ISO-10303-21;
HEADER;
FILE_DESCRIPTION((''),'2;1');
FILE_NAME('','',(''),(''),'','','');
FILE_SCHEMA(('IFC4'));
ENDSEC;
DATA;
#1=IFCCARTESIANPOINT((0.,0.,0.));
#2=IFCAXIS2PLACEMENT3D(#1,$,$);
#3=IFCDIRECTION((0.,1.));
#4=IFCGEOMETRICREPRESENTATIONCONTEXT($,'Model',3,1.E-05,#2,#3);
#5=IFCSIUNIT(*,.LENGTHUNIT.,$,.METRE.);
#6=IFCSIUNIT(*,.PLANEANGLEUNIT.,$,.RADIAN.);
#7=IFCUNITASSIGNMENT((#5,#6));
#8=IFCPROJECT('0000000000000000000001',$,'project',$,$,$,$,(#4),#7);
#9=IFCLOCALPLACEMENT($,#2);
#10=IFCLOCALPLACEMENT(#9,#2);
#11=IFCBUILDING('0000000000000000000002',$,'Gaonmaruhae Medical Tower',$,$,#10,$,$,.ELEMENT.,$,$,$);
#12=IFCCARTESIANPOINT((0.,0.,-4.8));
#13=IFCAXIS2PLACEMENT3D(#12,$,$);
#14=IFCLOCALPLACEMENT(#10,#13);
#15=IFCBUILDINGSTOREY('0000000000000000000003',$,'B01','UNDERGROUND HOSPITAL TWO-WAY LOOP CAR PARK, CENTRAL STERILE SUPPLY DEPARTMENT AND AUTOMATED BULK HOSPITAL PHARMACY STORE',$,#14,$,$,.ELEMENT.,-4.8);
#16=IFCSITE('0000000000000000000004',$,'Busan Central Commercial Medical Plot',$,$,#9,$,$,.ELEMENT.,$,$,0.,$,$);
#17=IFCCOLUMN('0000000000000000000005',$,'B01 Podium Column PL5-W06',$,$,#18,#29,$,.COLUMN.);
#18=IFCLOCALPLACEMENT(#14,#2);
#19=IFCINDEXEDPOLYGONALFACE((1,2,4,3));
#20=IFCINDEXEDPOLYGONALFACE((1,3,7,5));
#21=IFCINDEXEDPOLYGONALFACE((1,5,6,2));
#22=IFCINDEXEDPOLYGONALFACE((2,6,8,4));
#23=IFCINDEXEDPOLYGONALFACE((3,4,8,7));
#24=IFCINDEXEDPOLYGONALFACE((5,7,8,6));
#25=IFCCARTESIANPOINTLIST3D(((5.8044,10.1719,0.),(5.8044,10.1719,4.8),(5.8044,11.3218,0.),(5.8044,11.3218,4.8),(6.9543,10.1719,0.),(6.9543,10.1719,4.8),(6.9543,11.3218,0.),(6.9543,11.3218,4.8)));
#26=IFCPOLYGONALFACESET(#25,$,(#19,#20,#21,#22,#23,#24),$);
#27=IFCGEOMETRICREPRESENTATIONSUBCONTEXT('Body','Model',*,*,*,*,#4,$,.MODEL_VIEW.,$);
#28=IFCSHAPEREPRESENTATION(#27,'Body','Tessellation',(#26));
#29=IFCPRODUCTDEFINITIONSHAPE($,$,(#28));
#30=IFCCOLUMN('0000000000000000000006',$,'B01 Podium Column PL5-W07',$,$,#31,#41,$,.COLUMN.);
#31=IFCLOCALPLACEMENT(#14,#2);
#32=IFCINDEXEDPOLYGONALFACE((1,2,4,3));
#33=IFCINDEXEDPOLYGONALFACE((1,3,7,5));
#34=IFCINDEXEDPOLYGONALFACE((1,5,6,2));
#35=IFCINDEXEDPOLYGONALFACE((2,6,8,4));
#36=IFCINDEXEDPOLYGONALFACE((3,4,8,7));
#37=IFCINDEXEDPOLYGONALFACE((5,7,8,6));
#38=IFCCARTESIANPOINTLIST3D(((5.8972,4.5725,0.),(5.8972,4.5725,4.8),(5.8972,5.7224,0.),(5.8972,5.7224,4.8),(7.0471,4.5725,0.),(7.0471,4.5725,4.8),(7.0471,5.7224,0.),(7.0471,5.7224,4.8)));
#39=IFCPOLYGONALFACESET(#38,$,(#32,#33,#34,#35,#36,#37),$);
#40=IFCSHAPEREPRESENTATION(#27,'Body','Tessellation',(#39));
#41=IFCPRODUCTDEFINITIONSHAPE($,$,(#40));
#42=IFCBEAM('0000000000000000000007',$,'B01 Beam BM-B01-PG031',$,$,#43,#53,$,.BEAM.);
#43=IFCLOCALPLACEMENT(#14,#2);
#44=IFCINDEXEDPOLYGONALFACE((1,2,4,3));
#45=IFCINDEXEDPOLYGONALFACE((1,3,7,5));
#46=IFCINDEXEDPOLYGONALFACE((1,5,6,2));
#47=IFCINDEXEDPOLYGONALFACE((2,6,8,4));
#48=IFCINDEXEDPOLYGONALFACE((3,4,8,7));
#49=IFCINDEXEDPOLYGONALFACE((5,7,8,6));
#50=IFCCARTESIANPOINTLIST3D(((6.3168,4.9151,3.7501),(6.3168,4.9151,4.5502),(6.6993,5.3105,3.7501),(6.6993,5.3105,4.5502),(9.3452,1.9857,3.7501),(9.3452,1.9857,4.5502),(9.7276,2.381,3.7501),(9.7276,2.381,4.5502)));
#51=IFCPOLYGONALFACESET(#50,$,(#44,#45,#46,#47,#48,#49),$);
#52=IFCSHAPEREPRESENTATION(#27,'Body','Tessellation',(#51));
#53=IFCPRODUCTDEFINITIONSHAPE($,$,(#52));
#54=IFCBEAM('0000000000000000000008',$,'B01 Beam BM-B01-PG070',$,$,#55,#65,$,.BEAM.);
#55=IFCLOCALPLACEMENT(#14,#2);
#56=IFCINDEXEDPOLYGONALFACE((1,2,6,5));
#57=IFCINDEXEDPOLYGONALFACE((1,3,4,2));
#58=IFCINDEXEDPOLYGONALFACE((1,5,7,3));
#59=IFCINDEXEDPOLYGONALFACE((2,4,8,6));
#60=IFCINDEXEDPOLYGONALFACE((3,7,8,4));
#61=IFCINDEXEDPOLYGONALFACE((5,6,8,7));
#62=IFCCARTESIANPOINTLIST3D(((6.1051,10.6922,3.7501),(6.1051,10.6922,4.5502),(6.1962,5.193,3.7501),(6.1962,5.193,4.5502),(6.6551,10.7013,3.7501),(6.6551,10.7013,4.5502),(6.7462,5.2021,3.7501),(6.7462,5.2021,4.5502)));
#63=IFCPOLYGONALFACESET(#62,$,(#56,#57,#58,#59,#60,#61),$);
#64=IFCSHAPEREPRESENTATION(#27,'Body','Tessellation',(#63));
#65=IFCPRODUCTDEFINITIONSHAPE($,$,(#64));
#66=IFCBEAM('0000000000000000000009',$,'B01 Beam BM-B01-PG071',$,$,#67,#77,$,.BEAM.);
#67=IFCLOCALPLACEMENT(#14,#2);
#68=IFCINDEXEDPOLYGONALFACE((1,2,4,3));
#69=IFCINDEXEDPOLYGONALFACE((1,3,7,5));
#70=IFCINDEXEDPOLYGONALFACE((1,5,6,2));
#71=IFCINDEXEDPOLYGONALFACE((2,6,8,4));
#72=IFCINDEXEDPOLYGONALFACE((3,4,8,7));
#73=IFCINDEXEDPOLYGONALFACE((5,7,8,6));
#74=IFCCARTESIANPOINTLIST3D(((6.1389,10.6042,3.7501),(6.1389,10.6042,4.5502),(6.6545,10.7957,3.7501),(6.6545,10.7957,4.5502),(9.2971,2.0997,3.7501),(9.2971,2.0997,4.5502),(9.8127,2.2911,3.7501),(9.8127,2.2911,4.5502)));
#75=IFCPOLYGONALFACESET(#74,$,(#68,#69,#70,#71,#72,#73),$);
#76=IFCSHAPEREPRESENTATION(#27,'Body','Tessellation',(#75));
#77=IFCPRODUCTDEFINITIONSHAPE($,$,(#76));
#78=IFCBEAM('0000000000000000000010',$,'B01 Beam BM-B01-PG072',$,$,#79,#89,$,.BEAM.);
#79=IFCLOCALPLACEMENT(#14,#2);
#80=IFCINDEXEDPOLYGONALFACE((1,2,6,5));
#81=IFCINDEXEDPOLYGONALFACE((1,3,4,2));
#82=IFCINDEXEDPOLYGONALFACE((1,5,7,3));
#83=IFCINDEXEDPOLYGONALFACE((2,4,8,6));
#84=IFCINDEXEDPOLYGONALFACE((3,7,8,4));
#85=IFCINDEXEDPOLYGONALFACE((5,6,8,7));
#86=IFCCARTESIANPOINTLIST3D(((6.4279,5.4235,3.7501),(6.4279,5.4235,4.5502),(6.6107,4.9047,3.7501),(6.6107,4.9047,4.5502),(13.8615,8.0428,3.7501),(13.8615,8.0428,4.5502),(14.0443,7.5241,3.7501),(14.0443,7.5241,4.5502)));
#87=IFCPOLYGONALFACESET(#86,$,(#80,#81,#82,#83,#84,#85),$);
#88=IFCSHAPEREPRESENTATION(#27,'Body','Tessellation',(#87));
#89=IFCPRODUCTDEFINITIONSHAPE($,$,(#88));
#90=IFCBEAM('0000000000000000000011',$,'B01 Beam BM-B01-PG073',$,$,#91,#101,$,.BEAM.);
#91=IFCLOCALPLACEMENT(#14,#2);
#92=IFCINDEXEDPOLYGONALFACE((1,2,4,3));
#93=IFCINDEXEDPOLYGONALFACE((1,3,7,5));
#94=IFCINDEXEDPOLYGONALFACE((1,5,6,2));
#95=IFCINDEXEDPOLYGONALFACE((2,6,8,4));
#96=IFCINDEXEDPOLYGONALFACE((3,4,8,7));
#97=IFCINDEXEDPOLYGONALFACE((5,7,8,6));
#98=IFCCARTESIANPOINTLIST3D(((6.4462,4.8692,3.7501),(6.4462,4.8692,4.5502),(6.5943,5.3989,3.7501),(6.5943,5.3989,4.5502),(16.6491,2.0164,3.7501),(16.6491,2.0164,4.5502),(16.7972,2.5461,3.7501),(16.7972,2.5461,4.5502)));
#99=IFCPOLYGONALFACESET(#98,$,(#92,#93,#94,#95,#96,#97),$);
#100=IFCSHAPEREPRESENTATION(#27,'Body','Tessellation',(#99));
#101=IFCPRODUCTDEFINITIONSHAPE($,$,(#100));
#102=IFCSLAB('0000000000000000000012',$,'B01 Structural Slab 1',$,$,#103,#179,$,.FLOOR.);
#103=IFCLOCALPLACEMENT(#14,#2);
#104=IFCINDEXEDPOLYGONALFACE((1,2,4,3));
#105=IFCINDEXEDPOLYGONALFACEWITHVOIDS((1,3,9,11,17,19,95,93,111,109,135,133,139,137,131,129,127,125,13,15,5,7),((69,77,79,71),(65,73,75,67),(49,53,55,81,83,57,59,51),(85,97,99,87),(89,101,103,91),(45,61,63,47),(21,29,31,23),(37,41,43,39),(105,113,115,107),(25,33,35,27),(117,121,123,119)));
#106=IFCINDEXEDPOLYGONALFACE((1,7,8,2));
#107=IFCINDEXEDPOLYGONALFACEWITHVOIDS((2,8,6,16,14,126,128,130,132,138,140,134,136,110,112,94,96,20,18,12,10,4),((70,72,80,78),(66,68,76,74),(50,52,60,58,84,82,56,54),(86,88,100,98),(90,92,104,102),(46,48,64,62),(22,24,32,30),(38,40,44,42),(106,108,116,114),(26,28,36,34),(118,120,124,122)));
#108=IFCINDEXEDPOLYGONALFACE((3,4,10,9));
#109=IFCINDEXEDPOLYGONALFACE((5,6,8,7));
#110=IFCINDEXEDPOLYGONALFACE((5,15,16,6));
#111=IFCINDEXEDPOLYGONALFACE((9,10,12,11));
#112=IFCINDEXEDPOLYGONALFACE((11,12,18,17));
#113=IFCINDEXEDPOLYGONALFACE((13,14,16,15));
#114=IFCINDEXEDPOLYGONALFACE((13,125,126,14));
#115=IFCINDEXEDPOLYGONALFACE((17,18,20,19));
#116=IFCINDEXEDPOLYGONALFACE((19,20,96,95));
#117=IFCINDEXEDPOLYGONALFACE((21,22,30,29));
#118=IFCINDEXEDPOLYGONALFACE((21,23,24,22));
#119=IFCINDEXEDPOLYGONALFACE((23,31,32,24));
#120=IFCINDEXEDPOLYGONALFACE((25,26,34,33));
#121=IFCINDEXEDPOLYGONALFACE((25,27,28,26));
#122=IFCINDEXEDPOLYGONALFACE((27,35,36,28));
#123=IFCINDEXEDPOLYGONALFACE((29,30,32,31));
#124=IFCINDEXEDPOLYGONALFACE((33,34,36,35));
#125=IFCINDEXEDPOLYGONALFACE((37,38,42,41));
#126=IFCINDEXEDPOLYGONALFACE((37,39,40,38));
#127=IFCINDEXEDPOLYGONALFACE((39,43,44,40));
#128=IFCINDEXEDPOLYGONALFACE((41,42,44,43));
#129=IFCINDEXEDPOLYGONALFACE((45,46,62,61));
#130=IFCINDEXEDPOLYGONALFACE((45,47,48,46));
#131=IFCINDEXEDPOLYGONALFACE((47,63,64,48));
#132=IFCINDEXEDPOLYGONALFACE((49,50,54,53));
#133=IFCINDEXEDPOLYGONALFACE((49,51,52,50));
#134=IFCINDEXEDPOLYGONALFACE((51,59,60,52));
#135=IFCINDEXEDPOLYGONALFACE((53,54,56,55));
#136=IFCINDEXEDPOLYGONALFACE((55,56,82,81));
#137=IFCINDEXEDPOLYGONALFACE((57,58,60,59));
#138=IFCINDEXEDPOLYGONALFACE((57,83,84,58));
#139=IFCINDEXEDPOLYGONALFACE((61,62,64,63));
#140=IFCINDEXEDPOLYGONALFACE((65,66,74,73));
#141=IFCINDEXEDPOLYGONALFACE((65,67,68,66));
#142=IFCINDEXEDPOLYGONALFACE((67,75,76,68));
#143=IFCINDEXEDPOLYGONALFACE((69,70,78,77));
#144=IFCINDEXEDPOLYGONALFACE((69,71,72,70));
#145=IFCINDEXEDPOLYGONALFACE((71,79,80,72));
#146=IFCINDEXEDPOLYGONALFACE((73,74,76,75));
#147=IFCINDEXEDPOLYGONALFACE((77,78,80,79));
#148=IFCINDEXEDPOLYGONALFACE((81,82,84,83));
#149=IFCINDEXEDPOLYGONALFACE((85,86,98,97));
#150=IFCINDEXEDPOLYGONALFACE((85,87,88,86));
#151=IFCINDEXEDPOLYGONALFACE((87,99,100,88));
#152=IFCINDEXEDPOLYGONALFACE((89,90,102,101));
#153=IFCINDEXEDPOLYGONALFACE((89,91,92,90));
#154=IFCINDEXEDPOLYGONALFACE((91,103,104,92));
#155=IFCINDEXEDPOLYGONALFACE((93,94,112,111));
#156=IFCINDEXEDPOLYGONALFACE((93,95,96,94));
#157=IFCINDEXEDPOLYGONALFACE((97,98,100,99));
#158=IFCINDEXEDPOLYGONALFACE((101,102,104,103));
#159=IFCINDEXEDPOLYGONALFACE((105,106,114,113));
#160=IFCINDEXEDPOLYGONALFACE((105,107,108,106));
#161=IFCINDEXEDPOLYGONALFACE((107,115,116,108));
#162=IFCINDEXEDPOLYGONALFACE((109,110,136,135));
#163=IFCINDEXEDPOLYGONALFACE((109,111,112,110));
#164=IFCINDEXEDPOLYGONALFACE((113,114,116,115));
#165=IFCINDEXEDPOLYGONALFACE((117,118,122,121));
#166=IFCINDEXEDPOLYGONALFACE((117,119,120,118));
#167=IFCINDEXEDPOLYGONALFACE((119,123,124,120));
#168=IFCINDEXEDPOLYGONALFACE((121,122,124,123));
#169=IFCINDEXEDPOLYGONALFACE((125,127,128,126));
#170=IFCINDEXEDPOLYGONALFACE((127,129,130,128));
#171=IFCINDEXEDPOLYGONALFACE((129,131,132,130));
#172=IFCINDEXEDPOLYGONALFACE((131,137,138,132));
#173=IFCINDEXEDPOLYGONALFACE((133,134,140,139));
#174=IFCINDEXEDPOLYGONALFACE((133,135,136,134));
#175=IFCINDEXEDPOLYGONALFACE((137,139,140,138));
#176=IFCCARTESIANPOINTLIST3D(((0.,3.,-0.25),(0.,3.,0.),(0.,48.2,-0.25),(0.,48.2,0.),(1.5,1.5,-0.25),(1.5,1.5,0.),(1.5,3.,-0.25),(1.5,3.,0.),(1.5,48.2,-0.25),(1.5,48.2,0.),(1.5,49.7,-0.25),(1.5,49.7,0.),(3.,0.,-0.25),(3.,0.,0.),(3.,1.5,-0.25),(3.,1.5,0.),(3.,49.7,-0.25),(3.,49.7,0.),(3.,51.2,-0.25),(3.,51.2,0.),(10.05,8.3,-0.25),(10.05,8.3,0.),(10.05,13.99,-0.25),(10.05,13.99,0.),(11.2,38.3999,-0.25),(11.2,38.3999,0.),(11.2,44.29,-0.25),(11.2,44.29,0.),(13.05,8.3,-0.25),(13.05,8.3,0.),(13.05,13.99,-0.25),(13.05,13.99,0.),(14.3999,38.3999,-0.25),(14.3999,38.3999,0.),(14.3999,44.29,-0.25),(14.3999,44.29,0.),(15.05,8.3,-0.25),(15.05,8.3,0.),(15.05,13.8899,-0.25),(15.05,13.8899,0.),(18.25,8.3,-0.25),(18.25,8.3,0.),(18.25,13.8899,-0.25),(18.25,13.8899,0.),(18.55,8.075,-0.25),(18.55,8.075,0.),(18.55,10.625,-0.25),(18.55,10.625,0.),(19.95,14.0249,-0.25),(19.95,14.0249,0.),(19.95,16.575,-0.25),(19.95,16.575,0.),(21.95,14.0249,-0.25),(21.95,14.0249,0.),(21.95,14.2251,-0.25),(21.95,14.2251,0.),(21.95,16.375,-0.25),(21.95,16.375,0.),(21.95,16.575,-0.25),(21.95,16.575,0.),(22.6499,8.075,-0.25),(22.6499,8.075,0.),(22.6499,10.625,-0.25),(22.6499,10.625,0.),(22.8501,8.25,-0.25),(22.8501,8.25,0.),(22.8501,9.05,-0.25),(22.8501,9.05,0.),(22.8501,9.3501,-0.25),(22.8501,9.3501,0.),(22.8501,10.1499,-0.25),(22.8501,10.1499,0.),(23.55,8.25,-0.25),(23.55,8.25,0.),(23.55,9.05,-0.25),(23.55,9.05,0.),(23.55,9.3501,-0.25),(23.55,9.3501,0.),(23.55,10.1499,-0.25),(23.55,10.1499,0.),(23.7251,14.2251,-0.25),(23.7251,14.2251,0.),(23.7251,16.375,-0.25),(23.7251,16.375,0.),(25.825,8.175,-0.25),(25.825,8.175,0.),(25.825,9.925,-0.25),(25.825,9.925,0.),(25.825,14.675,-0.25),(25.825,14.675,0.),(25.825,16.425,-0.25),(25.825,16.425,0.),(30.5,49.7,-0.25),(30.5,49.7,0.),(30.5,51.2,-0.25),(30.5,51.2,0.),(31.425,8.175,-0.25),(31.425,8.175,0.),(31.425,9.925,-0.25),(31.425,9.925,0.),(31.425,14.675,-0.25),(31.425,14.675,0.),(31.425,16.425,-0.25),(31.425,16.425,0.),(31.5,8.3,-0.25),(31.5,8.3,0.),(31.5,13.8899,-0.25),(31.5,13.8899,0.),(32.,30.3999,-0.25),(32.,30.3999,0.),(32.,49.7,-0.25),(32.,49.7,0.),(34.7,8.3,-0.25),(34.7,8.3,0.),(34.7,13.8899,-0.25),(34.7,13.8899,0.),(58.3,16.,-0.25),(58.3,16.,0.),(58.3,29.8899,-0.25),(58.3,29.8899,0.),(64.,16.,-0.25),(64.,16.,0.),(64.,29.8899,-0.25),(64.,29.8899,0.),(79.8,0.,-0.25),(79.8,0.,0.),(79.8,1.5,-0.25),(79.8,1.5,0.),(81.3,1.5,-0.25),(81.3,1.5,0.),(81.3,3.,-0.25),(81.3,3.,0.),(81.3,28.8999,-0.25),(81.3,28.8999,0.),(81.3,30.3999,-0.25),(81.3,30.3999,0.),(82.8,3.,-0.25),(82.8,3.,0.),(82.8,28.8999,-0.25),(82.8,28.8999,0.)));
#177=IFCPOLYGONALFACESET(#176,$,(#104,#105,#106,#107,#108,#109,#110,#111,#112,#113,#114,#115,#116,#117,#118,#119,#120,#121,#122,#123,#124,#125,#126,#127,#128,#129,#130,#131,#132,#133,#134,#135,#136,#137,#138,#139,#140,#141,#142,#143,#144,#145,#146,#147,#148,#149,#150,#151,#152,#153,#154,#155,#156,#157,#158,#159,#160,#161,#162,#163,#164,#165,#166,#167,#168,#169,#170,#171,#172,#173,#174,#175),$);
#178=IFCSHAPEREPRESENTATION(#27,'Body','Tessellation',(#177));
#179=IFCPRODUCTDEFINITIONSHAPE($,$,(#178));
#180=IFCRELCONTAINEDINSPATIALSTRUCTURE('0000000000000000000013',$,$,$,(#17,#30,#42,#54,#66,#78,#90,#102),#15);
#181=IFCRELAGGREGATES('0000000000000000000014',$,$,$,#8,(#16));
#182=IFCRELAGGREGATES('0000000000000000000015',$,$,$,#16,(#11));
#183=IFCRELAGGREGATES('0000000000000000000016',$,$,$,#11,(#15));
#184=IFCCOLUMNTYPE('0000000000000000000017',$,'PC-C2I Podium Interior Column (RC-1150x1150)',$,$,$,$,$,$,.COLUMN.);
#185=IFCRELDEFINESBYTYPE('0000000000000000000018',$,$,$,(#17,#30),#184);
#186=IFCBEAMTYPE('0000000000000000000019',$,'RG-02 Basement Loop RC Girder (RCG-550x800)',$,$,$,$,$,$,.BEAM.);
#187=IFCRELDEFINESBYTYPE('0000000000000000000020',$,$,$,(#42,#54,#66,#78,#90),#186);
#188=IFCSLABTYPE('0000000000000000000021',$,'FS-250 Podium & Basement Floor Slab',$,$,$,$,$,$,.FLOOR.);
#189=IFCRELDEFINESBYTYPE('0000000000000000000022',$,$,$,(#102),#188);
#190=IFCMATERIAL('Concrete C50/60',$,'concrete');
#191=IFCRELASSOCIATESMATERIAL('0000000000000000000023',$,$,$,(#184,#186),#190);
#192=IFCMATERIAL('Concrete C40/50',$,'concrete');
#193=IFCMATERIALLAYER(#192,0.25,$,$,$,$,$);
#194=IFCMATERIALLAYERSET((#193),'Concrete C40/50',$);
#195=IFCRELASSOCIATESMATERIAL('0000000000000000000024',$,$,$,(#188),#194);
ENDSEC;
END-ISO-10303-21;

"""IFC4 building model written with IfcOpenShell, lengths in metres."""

from ifc_helpers import new_model, si_unit, direction, frame, origin, origin_2d, place, context, subcontext, project, spatial, polyline, rectangle, outline, extrude, material, layer, layer_set, material_profile, profile_set, type_object, element, save


model = new_model("IFC4")

# Units and contexts
model_context = context("Model", 3, precision=1e-05, world=origin(), true_north=direction((0.0, 1.0)))
body_context = subcontext(model_context, "Body", "Model", "MODEL_VIEW")
ifc_project = project(units=[si_unit("LENGTHUNIT", "METRE"), si_unit("PLANEANGLEUNIT", "RADIAN")], contexts=[model_context])

# Site, building, storey
site_placement = place(None, origin())
site = spatial("IfcSite", under=ifc_project, at=site_placement, Name="Busan Central Commercial Medical Plot", CompositionType="ELEMENT", RefElevation=0.0)
building_placement = place(site_placement, origin())
building = spatial("IfcBuilding", under=site, at=building_placement, Name="Gaonmaruhae Medical Tower", CompositionType="ELEMENT")
storey_placement = place(building_placement, frame((0.0, 0.0, -4.8)))
storey = spatial("IfcBuildingStorey", under=building, at=storey_placement, Name="B01", Description="UNDERGROUND HOSPITAL TWO-WAY LOOP CAR PARK, CENTRAL STERILE SUPPLY DEPARTMENT AND AUTOMATED BULK HOSPITAL PHARMACY STORE", CompositionType="ELEMENT", Elevation=-4.8)

# Columns
ifc_material_1 = material(Name="Concrete C50/60", Category="concrete")
ifc_material_profile_1 = material_profile(ifc_material_1, rectangle(XDim=1.1499, YDim=1.1499, at=origin_2d()), Name="RC-1150x1150")
ifc_profile_set_1 = profile_set([ifc_material_profile_1], Name="Concrete C50/60")
column_type = type_object("IfcColumnType", Name="PC-C2I Podium Interior Column (RC-1150x1150)", PredefinedType="COLUMN", material=ifc_profile_set_1)
for number, where, z_axis, x_axis, name in (
    (1, (6.3794, 10.7468, 0.0), (0.0, 0.0, 1.0), (1.0, 0.0, 0.0), "B01 Podium Column PL5-W06"),
    (2, (6.4722, 5.1475, 0.0), (0.0, 0.0, 1.0), (1.0, 0.0, 0.0), "B01 Podium Column PL5-W07"),
):
    element("IfcColumn", number, at=place(storey_placement, frame(where, z_axis=z_axis, x_axis=x_axis)), inside=storey, type_object=column_type, Name=name, PredefinedType="COLUMN", context=body_context, shape_type="SweptSolid", body=[
        extrude(rectangle(XDim=1.1499, YDim=1.1499, at=origin_2d()), origin(), (0.0, 0.0, 1.0), 4.8),
    ])

# Beams
ifc_material_profile_2 = material_profile(ifc_material_1, rectangle(XDim=0.55, YDim=0.8, at=origin_2d()), Name="RCG-550x800")
ifc_profile_set_2 = profile_set([ifc_material_profile_2], Name="Concrete C50/60")
beam_type = type_object("IfcBeamType", Name="RG-02 Basement Loop RC Girder (RCG-550x800)", PredefinedType="BEAM", material=ifc_profile_set_2)
beam_1_placement = place(storey_placement, frame((9.5364, 2.1833, 4.1501), z_axis=(-0.718743, 0.695276, 0.0), x_axis=(-0.695276, -0.718743, 0.0)))
element("IfcBeam", 3, at=beam_1_placement, inside=storey, type_object=beam_type, Name="B01 Beam BM-B01-PG031", PredefinedType="BEAM", context=body_context, shape_type="SweptSolid", body=[
    extrude(rectangle(XDim=0.55, YDim=0.8, at=origin_2d()), origin(), (0.0, 0.0, 1.0), 4.2134),
])
beam_2_placement = place(storey_placement, frame((6.3801, 10.6968, 4.1501), z_axis=(0.016557, -0.999863, 0.0), x_axis=(0.999863, 0.016557, 0.0)))
element("IfcBeam", 4, at=beam_2_placement, inside=storey, type_object=beam_type, Name="B01 Beam BM-B01-PG070", PredefinedType="BEAM", context=body_context, shape_type="SweptSolid", body=[
    extrude(rectangle(XDim=0.55, YDim=0.8, at=origin_2d()), origin(), (0.0, 0.0, 1.0), 5.5),
])
beam_3_placement = place(storey_placement, frame((6.3967, 10.7, 4.1501), z_axis=(0.348122, -0.937449, 0.0), x_axis=(0.937449, 0.348122, 0.0)))
element("IfcBeam", 5, at=beam_3_placement, inside=storey, type_object=beam_type, Name="B01 Beam BM-B01-PG071", PredefinedType="BEAM", context=body_context, shape_type="SweptSolid", body=[
    extrude(rectangle(XDim=0.55, YDim=0.8, at=origin_2d()), origin(), (0.0, 0.0, 1.0), 9.072),
])
beam_4_placement = place(storey_placement, frame((6.5193, 5.1641, 4.1501), z_axis=(0.943159, 0.332342, 0.0), x_axis=(-0.332342, 0.943159, 0.0)))
element("IfcBeam", 6, at=beam_4_placement, inside=storey, type_object=beam_type, Name="B01 Beam BM-B01-PG072", PredefinedType="BEAM", context=body_context, shape_type="SweptSolid", body=[
    extrude(rectangle(XDim=0.55, YDim=0.8, at=origin_2d()), origin(), (0.0, 0.0, 1.0), 7.8816),
])
beam_5_placement = place(storey_placement, frame((6.5203, 5.134, 4.1501), z_axis=(0.963063, -0.269278, 0.0), x_axis=(0.269278, 0.963063, 0.0)))
element("IfcBeam", 7, at=beam_5_placement, inside=storey, type_object=beam_type, Name="B01 Beam BM-B01-PG073", PredefinedType="BEAM", context=body_context, shape_type="SweptSolid", body=[
    extrude(rectangle(XDim=0.55, YDim=0.8, at=origin_2d()), origin(), (0.0, 0.0, 1.0), 10.5942),
])

# Slab
ifc_material_2 = material(Name="Concrete C40/50", Category="concrete")
ifc_layer_1 = layer(ifc_material_2, 0.25)
ifc_layer_set_1 = layer_set([ifc_layer_1], Name="Concrete C40/50")
slab_type_1 = type_object("IfcSlabType", Name="FS-250 Podium & Basement Floor Slab", PredefinedType="FLOOR", material=ifc_layer_set_1)
slab_1_placement = place(storey_placement, frame((0.0, 0.0, -0.25)))
element("IfcSlab", 8, at=slab_1_placement, inside=storey, type_object=slab_type_1, Name="B01 Structural Slab 1", PredefinedType="FLOOR", context=body_context, shape_type="SweptSolid", body=[
    extrude(outline(polyline([(3.0, 0.0), (79.8, 0.0), (79.8, 1.5), (81.3, 1.5), (81.3, 3.0), (82.8, 3.0), (82.8, 28.8999), (81.3, 28.8999), (81.3, 30.3999), (32.0, 30.3999), (32.0, 49.7), (30.5, 49.7), (30.5, 51.2), (3.0, 51.2), (3.0, 49.7), (1.5, 49.7), (1.5, 48.2), (0.0, 48.2), (0.0, 3.0), (1.5, 3.0), (1.5, 1.5), (3.0, 1.5), (3.0, 0.0)]), holes=[polyline([(23.55, 8.25), (22.8501, 8.25), (22.8501, 9.05), (23.55, 9.05), (23.55, 8.25)]), polyline([(22.6499, 10.625), (22.6499, 8.075), (18.55, 8.075), (18.55, 10.625), (22.6499, 10.625)]), polyline([(15.05, 13.8899), (18.25, 13.8899), (18.25, 8.3), (15.05, 8.3), (15.05, 13.8899)]), polyline([(13.05, 13.99), (13.05, 8.3), (10.05, 8.3), (10.05, 13.99), (13.05, 13.99)]), polyline([(21.95, 14.0249), (19.95, 14.0249), (19.95, 16.575), (21.95, 16.575), (21.95, 16.375), (23.7251, 16.375), (23.7251, 14.2251), (21.95, 14.2251), (21.95, 14.0249)]), polyline([(11.2, 44.29), (14.3999, 44.29), (14.3999, 38.3999), (11.2, 38.3999), (11.2, 44.29)]), polyline([(31.425, 9.925), (31.425, 8.175), (25.825, 8.175), (25.825, 9.925), (31.425, 9.925)]), polyline([(22.8501, 9.3501), (22.8501, 10.1499), (23.55, 10.1499), (23.55, 9.3501), (22.8501, 9.3501)]), polyline([(31.5, 13.8899), (34.7, 13.8899), (34.7, 8.3), (31.5, 8.3), (31.5, 13.8899)]), polyline([(31.425, 16.425), (31.425, 14.675), (25.825, 14.675), (25.825, 16.425), (31.425, 16.425)]), polyline([(58.3, 16.0), (58.3, 29.8899), (64.0, 29.8899), (64.0, 16.0), (58.3, 16.0)])]), origin(), (0.0, 0.0, 1.0), 0.25),
])

save(model, "model.ifc")
